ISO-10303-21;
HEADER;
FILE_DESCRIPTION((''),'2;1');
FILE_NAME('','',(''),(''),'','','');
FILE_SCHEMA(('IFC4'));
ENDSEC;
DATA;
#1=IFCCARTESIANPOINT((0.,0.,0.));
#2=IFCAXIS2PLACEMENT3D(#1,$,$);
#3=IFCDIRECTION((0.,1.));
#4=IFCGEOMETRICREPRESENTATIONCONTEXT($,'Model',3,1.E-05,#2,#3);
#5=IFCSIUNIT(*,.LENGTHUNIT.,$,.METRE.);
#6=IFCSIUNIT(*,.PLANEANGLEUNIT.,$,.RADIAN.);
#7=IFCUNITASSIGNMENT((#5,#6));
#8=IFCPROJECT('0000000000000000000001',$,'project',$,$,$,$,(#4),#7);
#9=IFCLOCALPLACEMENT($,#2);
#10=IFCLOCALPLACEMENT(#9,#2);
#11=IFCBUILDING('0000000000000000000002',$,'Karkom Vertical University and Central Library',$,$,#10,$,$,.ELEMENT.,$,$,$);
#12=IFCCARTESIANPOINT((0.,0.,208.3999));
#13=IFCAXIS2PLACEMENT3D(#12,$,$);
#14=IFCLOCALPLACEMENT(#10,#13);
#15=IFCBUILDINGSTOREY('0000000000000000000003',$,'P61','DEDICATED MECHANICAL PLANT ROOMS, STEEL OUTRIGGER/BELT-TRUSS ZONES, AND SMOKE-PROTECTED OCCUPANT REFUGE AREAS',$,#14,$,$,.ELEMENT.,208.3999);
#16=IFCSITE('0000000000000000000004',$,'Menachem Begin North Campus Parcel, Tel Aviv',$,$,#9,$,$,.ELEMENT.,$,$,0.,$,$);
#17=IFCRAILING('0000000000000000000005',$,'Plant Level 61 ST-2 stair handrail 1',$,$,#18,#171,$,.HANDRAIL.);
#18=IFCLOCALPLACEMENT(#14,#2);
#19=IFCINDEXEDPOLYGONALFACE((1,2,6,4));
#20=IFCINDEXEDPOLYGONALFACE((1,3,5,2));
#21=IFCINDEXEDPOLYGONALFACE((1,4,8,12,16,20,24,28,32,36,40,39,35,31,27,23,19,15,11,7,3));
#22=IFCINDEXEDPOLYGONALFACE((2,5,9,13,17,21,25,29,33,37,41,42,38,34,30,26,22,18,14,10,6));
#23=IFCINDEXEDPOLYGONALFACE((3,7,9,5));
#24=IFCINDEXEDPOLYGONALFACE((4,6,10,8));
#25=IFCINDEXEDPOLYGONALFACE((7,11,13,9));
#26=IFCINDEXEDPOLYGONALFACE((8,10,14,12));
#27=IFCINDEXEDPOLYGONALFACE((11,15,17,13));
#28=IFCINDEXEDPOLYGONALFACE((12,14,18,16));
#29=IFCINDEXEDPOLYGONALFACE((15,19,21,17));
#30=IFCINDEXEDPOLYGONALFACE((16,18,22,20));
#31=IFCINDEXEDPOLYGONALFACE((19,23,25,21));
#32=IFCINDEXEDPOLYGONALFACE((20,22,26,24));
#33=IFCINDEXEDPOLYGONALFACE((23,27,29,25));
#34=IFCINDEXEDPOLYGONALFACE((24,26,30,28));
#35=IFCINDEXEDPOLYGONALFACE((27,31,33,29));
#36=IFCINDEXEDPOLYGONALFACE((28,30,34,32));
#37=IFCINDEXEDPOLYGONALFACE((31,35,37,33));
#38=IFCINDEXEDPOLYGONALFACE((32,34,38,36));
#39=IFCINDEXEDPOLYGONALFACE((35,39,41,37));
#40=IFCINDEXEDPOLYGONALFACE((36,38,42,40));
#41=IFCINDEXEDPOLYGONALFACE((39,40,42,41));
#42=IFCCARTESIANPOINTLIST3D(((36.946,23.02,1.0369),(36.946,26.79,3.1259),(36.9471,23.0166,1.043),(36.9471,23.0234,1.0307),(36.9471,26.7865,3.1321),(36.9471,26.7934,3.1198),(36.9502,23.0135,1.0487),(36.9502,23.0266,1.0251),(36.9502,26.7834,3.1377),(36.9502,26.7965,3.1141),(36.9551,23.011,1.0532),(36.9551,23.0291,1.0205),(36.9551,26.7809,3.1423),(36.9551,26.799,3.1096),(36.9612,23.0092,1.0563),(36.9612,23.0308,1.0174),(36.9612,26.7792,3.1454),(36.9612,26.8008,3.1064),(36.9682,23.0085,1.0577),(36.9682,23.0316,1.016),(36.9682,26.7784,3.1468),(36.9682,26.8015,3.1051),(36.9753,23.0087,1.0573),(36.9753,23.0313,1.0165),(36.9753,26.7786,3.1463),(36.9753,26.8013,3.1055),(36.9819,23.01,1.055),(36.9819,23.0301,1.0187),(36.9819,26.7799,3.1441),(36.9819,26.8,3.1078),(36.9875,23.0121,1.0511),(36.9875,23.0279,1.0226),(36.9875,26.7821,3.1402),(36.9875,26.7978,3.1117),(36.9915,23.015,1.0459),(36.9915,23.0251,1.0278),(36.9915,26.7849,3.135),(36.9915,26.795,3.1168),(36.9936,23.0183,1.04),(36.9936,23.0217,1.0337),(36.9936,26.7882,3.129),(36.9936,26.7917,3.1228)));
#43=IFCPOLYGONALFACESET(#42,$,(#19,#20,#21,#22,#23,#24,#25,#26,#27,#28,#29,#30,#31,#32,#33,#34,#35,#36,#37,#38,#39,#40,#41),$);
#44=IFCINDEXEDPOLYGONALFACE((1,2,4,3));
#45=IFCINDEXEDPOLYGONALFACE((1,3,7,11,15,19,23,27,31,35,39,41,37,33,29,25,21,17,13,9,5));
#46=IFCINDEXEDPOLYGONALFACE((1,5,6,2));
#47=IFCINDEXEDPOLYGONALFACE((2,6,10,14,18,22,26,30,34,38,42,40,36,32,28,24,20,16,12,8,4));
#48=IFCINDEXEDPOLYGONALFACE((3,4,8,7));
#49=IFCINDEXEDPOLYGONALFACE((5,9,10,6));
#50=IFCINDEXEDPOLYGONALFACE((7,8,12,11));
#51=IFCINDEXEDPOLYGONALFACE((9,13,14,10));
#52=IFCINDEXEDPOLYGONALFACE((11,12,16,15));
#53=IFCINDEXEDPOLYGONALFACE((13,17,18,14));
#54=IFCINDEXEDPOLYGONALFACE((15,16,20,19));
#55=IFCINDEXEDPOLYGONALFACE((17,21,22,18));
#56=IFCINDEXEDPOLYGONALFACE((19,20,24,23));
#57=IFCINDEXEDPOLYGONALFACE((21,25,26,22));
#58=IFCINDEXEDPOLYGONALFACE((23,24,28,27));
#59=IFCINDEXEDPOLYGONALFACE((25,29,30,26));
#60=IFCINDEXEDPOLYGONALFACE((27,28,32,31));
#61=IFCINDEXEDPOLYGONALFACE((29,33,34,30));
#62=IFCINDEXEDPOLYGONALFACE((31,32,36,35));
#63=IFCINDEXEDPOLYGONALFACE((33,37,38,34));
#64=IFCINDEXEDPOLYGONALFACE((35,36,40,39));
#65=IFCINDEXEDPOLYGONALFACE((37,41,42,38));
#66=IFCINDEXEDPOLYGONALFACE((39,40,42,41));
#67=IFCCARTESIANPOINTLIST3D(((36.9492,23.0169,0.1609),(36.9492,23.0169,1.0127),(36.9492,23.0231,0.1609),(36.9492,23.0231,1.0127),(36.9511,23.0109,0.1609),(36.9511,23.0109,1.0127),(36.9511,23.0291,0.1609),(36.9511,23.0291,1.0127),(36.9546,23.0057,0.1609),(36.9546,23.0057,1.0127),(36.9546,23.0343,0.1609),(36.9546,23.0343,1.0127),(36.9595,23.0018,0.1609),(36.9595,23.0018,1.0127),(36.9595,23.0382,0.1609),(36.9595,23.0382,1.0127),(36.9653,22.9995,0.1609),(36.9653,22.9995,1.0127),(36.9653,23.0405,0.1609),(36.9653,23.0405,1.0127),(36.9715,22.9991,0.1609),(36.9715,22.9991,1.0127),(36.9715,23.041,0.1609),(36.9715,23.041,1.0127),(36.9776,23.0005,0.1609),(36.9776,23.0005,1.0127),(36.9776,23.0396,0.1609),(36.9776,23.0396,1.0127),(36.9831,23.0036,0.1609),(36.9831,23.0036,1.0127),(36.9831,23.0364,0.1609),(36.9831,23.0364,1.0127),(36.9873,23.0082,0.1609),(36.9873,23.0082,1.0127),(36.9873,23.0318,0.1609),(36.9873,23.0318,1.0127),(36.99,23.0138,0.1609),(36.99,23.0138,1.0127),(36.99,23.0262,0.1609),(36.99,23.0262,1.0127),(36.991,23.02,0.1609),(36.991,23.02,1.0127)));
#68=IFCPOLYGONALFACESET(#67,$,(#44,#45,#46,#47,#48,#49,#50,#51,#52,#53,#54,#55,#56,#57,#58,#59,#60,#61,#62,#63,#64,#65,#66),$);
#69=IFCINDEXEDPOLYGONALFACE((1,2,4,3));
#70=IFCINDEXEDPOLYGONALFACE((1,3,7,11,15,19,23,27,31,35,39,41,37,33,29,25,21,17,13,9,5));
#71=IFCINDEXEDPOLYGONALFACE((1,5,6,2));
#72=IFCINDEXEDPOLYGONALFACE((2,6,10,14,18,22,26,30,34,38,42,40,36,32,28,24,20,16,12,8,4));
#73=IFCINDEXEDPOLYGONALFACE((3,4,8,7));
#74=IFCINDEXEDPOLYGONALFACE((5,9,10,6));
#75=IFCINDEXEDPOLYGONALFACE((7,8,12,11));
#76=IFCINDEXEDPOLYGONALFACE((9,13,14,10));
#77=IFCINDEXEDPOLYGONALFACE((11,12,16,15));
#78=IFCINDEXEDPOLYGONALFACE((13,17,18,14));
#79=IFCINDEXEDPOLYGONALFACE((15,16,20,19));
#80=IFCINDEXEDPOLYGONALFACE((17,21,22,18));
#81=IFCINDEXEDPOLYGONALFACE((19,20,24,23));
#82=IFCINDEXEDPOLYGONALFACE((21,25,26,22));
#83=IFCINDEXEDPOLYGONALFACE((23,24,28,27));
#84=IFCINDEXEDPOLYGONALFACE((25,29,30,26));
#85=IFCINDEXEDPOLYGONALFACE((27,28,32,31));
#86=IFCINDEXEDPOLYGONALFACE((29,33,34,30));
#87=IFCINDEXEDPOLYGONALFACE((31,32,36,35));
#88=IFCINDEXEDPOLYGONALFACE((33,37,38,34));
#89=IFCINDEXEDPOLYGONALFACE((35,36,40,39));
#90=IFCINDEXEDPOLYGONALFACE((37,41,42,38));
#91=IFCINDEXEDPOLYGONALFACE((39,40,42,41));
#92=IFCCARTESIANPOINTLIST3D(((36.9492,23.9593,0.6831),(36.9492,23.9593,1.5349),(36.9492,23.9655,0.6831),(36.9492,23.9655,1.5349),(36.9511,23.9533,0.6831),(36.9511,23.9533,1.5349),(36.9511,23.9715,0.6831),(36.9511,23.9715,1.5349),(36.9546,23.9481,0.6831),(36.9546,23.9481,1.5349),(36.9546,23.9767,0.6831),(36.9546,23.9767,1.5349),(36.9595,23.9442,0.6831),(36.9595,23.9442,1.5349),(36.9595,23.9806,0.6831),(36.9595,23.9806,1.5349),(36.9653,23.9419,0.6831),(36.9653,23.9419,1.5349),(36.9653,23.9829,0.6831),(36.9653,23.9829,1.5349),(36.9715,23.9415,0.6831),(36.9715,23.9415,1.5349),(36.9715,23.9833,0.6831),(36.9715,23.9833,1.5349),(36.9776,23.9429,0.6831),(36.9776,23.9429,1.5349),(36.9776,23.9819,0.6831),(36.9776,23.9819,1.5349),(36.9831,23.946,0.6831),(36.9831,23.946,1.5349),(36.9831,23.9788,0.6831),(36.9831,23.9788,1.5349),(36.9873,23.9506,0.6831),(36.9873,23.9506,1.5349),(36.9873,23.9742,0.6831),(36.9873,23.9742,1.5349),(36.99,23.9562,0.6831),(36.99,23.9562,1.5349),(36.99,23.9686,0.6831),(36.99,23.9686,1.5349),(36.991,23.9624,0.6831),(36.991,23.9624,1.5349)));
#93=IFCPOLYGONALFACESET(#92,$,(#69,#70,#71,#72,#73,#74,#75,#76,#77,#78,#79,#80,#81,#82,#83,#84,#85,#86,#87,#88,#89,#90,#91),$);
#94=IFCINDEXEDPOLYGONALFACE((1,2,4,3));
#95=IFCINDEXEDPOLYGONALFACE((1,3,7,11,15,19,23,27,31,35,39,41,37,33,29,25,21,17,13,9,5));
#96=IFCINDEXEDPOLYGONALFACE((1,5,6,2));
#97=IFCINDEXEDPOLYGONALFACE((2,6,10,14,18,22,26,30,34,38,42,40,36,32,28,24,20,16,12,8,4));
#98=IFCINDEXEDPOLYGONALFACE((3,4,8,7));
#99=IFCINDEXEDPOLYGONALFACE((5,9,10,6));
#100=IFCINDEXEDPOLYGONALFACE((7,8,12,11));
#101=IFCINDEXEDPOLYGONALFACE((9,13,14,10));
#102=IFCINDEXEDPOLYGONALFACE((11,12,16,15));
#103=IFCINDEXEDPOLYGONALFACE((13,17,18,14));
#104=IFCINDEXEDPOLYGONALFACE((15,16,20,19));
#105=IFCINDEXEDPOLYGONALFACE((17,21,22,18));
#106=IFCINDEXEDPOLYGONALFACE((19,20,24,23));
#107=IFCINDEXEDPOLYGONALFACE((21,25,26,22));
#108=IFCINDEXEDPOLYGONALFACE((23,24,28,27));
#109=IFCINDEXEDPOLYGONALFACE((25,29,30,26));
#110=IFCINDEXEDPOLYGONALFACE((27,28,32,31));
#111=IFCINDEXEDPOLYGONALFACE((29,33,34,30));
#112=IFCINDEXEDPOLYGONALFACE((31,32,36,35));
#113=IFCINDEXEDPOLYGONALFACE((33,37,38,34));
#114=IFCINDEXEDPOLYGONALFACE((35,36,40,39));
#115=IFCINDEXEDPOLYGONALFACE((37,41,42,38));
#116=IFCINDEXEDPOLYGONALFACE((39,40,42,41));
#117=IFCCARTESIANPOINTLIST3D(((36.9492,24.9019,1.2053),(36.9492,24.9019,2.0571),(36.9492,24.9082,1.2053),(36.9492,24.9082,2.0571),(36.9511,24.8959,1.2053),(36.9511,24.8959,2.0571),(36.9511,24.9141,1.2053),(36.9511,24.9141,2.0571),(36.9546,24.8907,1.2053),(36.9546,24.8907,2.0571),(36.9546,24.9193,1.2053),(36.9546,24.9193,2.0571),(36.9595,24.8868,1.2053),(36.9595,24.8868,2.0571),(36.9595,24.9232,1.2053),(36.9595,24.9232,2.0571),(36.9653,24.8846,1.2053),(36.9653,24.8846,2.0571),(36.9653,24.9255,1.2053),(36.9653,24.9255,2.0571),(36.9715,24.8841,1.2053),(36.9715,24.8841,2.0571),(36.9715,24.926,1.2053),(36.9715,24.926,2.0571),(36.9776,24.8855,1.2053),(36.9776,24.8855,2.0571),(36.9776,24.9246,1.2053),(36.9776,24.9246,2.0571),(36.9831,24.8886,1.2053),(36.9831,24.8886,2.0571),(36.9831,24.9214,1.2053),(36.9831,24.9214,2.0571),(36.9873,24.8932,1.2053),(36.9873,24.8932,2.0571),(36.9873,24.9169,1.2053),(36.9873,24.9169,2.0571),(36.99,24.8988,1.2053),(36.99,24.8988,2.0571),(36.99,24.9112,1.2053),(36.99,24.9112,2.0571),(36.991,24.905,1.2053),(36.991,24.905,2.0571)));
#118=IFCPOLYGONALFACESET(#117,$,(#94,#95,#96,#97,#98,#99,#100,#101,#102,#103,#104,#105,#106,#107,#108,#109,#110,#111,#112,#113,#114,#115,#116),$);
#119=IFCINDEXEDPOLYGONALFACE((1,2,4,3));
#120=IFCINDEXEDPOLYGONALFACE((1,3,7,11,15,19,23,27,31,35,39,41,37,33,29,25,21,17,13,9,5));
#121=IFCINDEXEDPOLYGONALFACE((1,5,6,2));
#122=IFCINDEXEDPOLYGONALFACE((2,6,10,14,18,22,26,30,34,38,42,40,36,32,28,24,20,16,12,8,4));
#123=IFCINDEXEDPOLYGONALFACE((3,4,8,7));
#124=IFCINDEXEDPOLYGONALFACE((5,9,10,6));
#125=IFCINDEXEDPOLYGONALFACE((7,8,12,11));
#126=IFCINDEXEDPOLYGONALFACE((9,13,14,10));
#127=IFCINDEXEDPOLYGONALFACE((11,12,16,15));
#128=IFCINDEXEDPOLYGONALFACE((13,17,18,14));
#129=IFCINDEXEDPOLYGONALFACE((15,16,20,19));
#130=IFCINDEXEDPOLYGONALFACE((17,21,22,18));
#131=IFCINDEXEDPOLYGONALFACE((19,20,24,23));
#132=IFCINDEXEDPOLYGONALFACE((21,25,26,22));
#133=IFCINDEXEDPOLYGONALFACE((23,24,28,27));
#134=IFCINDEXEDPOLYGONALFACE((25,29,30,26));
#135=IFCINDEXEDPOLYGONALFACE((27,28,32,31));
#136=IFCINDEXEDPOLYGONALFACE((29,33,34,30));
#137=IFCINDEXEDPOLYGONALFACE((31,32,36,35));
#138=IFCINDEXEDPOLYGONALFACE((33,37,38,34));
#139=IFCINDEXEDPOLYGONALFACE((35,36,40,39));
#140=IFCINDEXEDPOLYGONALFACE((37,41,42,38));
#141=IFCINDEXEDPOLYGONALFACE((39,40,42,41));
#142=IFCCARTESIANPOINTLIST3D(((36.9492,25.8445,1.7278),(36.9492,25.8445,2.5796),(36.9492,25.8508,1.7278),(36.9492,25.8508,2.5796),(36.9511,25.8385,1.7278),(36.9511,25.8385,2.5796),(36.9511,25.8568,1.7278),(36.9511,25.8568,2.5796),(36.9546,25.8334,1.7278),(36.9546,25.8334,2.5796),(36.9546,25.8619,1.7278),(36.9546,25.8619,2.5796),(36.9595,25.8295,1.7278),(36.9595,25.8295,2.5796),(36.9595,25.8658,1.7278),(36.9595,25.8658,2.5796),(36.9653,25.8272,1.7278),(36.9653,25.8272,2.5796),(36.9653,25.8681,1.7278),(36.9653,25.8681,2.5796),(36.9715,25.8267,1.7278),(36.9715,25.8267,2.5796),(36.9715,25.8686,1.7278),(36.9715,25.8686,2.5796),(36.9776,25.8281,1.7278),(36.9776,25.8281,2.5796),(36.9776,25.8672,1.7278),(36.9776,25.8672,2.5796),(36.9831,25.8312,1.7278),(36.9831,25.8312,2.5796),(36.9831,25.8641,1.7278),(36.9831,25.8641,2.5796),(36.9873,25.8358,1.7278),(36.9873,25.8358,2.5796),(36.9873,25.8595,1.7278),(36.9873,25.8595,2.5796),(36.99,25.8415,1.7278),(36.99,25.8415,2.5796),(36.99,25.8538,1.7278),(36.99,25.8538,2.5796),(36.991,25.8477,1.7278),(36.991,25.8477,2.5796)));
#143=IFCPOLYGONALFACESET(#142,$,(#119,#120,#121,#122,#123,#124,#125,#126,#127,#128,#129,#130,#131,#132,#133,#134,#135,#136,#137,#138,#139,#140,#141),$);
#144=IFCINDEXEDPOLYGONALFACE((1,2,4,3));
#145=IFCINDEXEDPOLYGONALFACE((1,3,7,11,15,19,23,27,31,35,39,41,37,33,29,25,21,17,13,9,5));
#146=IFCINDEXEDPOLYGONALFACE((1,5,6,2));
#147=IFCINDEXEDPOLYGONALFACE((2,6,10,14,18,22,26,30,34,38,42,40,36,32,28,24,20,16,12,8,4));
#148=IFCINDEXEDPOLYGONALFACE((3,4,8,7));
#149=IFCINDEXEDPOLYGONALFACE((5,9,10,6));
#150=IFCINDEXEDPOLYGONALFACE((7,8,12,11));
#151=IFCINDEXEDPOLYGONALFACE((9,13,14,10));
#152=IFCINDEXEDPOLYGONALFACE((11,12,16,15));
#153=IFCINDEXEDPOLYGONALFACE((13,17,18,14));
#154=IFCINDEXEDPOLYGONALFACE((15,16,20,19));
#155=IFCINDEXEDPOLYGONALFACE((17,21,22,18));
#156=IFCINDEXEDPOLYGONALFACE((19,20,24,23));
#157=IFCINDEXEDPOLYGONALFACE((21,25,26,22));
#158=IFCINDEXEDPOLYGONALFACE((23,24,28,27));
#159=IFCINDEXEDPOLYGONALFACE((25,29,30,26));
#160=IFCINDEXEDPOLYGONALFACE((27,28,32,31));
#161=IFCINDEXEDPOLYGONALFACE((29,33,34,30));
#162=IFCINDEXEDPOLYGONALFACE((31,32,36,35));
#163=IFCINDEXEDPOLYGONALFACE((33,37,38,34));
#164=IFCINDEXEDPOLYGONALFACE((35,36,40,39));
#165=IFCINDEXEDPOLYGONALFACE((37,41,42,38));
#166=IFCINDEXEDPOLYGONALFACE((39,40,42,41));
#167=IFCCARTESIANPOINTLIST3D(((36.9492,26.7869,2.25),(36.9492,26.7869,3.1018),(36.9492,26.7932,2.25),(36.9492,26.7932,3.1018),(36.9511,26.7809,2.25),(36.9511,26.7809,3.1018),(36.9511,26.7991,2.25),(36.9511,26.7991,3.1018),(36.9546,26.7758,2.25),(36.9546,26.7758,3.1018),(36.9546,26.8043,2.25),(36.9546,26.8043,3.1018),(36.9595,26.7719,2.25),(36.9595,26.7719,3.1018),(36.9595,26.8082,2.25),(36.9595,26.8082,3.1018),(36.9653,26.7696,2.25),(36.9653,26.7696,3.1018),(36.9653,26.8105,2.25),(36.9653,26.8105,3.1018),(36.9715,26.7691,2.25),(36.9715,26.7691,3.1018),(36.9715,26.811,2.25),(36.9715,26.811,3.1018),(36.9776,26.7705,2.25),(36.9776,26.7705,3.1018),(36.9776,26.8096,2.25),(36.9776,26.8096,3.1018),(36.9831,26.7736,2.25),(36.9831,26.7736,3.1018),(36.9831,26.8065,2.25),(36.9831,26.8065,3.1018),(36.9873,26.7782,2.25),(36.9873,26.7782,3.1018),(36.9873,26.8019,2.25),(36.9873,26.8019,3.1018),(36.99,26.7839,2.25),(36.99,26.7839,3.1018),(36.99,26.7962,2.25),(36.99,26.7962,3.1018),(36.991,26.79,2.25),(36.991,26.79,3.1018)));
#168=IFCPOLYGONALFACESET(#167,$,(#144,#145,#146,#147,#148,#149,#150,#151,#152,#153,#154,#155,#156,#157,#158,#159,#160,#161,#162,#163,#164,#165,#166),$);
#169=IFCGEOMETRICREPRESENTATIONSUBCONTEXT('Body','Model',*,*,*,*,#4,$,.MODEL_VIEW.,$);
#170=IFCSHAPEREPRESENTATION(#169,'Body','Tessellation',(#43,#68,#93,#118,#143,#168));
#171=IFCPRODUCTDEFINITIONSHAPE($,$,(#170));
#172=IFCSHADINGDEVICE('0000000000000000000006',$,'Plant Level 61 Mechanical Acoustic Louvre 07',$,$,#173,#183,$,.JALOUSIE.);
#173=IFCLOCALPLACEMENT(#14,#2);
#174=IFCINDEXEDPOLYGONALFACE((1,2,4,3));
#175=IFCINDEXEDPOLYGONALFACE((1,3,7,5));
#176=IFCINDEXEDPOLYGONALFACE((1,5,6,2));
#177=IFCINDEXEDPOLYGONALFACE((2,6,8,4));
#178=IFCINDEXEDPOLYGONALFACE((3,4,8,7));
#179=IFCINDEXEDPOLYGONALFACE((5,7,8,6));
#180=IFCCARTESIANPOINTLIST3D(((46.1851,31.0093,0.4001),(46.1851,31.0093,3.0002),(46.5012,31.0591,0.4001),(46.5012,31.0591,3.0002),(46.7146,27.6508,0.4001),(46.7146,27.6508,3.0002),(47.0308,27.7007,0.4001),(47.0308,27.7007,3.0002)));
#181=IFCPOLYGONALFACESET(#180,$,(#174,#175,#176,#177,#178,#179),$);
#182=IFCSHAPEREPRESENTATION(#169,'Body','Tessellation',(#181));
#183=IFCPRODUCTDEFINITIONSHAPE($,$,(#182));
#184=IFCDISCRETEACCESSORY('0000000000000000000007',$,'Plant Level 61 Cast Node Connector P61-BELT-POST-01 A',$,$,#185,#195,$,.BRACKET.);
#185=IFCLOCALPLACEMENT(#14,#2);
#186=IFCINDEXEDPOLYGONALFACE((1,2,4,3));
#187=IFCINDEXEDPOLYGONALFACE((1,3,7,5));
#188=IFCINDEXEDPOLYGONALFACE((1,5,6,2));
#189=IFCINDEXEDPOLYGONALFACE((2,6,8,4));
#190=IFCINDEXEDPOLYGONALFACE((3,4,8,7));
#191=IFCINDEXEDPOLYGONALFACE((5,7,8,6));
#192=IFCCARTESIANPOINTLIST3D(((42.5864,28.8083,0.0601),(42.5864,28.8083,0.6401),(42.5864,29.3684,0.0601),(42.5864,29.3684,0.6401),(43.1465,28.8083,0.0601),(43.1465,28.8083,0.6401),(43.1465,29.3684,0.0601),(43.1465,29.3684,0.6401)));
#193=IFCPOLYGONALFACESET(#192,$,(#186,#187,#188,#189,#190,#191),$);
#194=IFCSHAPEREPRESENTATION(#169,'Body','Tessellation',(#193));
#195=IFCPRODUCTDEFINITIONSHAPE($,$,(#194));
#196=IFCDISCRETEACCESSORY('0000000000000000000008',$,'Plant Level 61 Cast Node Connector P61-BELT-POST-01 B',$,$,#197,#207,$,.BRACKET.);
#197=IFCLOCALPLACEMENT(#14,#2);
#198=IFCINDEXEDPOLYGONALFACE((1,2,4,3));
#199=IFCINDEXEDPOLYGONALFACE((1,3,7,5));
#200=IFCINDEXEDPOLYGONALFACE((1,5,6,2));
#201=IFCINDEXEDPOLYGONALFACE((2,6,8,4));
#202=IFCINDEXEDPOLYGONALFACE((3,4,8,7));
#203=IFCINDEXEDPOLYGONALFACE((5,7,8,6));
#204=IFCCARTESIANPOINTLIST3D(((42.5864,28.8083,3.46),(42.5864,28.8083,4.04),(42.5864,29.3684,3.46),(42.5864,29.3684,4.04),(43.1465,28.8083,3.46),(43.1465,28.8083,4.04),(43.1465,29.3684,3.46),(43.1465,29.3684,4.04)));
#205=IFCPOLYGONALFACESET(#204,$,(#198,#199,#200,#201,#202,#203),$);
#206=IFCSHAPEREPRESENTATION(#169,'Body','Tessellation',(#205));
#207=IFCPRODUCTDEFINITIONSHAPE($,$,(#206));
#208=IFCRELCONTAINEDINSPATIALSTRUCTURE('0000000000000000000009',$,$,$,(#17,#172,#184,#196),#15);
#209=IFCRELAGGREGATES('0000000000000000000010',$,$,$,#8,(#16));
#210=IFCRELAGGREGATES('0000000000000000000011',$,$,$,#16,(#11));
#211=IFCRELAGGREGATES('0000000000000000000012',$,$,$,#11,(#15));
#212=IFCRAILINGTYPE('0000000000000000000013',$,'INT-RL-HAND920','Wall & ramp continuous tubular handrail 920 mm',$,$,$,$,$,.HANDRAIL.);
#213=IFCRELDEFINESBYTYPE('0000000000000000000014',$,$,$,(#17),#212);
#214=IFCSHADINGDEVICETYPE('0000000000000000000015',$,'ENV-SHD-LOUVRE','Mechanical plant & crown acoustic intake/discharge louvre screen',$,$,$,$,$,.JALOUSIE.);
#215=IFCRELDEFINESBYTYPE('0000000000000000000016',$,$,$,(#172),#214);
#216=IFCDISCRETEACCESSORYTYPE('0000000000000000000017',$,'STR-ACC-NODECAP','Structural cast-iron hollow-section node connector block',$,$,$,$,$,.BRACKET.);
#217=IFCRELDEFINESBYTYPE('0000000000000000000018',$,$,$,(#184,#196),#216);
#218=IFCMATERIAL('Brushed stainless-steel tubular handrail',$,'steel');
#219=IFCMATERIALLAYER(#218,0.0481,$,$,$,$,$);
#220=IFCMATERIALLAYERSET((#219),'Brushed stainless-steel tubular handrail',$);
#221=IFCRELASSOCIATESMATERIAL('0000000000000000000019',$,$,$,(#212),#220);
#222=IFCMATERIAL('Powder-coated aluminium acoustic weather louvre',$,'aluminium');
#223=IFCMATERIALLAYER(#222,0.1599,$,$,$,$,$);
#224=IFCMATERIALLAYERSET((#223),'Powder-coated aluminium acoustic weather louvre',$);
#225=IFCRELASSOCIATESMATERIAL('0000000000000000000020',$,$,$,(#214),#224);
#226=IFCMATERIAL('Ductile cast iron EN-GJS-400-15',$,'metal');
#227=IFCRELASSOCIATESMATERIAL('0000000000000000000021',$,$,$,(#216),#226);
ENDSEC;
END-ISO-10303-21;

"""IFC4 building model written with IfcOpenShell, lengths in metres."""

from ifc_helpers import new_model, si_unit, direction, frame, origin, origin_with_axes, origin_2d, place, context, subcontext, project, spatial, rectangle, circle, extrude, source, transform, mapped, material, layer, layer_set, type_object, element, save


model = new_model("IFC4")

# Units and contexts
model_context = context("Model", 3, precision=1e-05, world=origin(), true_north=direction((0.0, 1.0)))
body_context = subcontext(model_context, "Body", "Model", "MODEL_VIEW")
ifc_project = project(units=[si_unit("LENGTHUNIT", "METRE"), si_unit("PLANEANGLEUNIT", "RADIAN")], contexts=[model_context])

# Site, building, storey
site_placement = place(None, origin())
site = spatial("IfcSite", under=ifc_project, at=site_placement, Name="Menachem Begin North Campus Parcel, Tel Aviv", CompositionType="ELEMENT", RefElevation=0.0)
building_placement = place(site_placement, origin())
building = spatial("IfcBuilding", under=site, at=building_placement, Name="Karkom Vertical University and Central Library", CompositionType="ELEMENT")
storey_placement = place(building_placement, frame((0.0, 0.0, 208.3999)))
storey = spatial("IfcBuildingStorey", under=building, at=storey_placement, Name="P61", Description="DEDICATED MECHANICAL PLANT ROOMS, STEEL OUTRIGGER/BELT-TRUSS ZONES, AND SMOKE-PROTECTED OCCUPANT REFUGE AREAS", CompositionType="ELEMENT", Elevation=208.3999)

# Railing
ifc_material_1 = material(Name="Brushed stainless-steel tubular handrail", Category="steel")
ifc_layer_1 = layer(ifc_material_1, 0.0481)
ifc_layer_set_1 = layer_set([ifc_layer_1], Name="Brushed stainless-steel tubular handrail")
railing_type_1 = type_object("IfcRailingType", Name="INT-RL-HAND920", Description="Wall & ramp continuous tubular handrail 920 mm", PredefinedType="HANDRAIL", material=ifc_layer_set_1)
railing_1_placement = place(storey_placement, frame((36.97, 23.02, 0.1609)))
element("IfcRailing", 1, at=railing_1_placement, inside=storey, type_object=railing_type_1, Name="Plant Level 61 ST-2 stair handrail 1", PredefinedType="HANDRAIL", context=body_context, shape_type="SweptSolid", body=[
    extrude(circle(Radius=0.0239, at=origin_2d()), frame((0.0, 0.0, 0.876), z_axis=(0.0, 0.874683, 0.484695), x_axis=(-1.0, 0.0, 0.0)), (0.0, 0.0, 1.0), 4.3101),
    extrude(circle(Radius=0.021, at=origin_2d()), origin(), (0.0, 0.0, 1.0), 0.8518),
    extrude(circle(Radius=0.021, at=origin_2d()), frame((0.0, 0.9424, 0.5222)), (0.0, 0.0, 1.0), 0.8518),
    extrude(circle(Radius=0.021, at=origin_2d()), frame((0.0, 1.885, 1.0444)), (0.0, 0.0, 1.0), 0.8518),
    extrude(circle(Radius=0.021, at=origin_2d()), frame((0.0, 2.8276, 1.5669)), (0.0, 0.0, 1.0), 0.8518),
    extrude(circle(Radius=0.021, at=origin_2d()), frame((0.0, 3.77, 2.0891)), (0.0, 0.0, 1.0), 0.8518),
])

# Shading device
ifc_material_2 = material(Name="Powder-coated aluminium acoustic weather louvre", Category="aluminium")
ifc_layer_2 = layer(ifc_material_2, 0.1599)
ifc_layer_set_2 = layer_set([ifc_layer_2], Name="Powder-coated aluminium acoustic weather louvre")
shading_device_type = type_object("IfcShadingDeviceType", Name="ENV-SHD-LOUVRE", Description="Mechanical plant & crown acoustic intake/discharge louvre screen", PredefinedType="JALOUSIE", material=ifc_layer_set_2)
shared_shape_1 = source(origin_with_axes(), body_context, "Body", "SweptSolid", [
    extrude(rectangle(XDim=3.3999, YDim=0.3201, at=origin_2d()), origin(), (0.0, 0.0, 1.0), 2.6001),
])
shading_device_placement = place(storey_placement, frame((46.6079, 29.355, 0.4001), z_axis=(0.0, 0.0, 1.0), x_axis=(-0.155745, 0.987797, 0.0)))
element("IfcShadingDevice", 2, at=shading_device_placement, inside=storey, type_object=shading_device_type, Name="Plant Level 61 Mechanical Acoustic Louvre 07", PredefinedType="JALOUSIE", context=body_context, shape_type="MappedRepresentation", body=[
    mapped(shared_shape_1, transform((0.0, 0.0, 0.0), scale=1.0)),
])

# Discrete accessories
ifc_material_3 = material(Name="Ductile cast iron EN-GJS-400-15", Category="metal")
discrete_accessory_type = type_object("IfcDiscreteAccessoryType", Name="STR-ACC-NODECAP", Description="Structural cast-iron hollow-section node connector block", PredefinedType="BRACKET", material=ifc_material_3)
shared_shape_2 = source(origin_with_axes(), body_context, "Body", "SweptSolid", [
    extrude(rectangle(XDim=0.5601, YDim=0.5601, at=origin_2d()), origin(), (0.0, 0.0, 1.0), 0.5801),
])
for number, where, z_axis, x_axis, name in (
    (3, (42.8665, 29.0884, 0.0601), (0.0, 0.0, 1.0), (1.0, 0.0, 0.0), "Plant Level 61 Cast Node Connector P61-BELT-POST-01 A"),
    (4, (42.8665, 29.0884, 3.46), (0.0, 0.0, 1.0), (1.0, 0.0, 0.0), "Plant Level 61 Cast Node Connector P61-BELT-POST-01 B"),
):
    element("IfcDiscreteAccessory", number, at=place(storey_placement, frame(where, z_axis=z_axis, x_axis=x_axis)), inside=storey, type_object=discrete_accessory_type, Name=name, PredefinedType="BRACKET", context=body_context, shape_type="MappedRepresentation", body=[
        mapped(shared_shape_2, transform((0.0, 0.0, 0.0), scale=1.0)),
    ])

save(model, "model.ifc")
